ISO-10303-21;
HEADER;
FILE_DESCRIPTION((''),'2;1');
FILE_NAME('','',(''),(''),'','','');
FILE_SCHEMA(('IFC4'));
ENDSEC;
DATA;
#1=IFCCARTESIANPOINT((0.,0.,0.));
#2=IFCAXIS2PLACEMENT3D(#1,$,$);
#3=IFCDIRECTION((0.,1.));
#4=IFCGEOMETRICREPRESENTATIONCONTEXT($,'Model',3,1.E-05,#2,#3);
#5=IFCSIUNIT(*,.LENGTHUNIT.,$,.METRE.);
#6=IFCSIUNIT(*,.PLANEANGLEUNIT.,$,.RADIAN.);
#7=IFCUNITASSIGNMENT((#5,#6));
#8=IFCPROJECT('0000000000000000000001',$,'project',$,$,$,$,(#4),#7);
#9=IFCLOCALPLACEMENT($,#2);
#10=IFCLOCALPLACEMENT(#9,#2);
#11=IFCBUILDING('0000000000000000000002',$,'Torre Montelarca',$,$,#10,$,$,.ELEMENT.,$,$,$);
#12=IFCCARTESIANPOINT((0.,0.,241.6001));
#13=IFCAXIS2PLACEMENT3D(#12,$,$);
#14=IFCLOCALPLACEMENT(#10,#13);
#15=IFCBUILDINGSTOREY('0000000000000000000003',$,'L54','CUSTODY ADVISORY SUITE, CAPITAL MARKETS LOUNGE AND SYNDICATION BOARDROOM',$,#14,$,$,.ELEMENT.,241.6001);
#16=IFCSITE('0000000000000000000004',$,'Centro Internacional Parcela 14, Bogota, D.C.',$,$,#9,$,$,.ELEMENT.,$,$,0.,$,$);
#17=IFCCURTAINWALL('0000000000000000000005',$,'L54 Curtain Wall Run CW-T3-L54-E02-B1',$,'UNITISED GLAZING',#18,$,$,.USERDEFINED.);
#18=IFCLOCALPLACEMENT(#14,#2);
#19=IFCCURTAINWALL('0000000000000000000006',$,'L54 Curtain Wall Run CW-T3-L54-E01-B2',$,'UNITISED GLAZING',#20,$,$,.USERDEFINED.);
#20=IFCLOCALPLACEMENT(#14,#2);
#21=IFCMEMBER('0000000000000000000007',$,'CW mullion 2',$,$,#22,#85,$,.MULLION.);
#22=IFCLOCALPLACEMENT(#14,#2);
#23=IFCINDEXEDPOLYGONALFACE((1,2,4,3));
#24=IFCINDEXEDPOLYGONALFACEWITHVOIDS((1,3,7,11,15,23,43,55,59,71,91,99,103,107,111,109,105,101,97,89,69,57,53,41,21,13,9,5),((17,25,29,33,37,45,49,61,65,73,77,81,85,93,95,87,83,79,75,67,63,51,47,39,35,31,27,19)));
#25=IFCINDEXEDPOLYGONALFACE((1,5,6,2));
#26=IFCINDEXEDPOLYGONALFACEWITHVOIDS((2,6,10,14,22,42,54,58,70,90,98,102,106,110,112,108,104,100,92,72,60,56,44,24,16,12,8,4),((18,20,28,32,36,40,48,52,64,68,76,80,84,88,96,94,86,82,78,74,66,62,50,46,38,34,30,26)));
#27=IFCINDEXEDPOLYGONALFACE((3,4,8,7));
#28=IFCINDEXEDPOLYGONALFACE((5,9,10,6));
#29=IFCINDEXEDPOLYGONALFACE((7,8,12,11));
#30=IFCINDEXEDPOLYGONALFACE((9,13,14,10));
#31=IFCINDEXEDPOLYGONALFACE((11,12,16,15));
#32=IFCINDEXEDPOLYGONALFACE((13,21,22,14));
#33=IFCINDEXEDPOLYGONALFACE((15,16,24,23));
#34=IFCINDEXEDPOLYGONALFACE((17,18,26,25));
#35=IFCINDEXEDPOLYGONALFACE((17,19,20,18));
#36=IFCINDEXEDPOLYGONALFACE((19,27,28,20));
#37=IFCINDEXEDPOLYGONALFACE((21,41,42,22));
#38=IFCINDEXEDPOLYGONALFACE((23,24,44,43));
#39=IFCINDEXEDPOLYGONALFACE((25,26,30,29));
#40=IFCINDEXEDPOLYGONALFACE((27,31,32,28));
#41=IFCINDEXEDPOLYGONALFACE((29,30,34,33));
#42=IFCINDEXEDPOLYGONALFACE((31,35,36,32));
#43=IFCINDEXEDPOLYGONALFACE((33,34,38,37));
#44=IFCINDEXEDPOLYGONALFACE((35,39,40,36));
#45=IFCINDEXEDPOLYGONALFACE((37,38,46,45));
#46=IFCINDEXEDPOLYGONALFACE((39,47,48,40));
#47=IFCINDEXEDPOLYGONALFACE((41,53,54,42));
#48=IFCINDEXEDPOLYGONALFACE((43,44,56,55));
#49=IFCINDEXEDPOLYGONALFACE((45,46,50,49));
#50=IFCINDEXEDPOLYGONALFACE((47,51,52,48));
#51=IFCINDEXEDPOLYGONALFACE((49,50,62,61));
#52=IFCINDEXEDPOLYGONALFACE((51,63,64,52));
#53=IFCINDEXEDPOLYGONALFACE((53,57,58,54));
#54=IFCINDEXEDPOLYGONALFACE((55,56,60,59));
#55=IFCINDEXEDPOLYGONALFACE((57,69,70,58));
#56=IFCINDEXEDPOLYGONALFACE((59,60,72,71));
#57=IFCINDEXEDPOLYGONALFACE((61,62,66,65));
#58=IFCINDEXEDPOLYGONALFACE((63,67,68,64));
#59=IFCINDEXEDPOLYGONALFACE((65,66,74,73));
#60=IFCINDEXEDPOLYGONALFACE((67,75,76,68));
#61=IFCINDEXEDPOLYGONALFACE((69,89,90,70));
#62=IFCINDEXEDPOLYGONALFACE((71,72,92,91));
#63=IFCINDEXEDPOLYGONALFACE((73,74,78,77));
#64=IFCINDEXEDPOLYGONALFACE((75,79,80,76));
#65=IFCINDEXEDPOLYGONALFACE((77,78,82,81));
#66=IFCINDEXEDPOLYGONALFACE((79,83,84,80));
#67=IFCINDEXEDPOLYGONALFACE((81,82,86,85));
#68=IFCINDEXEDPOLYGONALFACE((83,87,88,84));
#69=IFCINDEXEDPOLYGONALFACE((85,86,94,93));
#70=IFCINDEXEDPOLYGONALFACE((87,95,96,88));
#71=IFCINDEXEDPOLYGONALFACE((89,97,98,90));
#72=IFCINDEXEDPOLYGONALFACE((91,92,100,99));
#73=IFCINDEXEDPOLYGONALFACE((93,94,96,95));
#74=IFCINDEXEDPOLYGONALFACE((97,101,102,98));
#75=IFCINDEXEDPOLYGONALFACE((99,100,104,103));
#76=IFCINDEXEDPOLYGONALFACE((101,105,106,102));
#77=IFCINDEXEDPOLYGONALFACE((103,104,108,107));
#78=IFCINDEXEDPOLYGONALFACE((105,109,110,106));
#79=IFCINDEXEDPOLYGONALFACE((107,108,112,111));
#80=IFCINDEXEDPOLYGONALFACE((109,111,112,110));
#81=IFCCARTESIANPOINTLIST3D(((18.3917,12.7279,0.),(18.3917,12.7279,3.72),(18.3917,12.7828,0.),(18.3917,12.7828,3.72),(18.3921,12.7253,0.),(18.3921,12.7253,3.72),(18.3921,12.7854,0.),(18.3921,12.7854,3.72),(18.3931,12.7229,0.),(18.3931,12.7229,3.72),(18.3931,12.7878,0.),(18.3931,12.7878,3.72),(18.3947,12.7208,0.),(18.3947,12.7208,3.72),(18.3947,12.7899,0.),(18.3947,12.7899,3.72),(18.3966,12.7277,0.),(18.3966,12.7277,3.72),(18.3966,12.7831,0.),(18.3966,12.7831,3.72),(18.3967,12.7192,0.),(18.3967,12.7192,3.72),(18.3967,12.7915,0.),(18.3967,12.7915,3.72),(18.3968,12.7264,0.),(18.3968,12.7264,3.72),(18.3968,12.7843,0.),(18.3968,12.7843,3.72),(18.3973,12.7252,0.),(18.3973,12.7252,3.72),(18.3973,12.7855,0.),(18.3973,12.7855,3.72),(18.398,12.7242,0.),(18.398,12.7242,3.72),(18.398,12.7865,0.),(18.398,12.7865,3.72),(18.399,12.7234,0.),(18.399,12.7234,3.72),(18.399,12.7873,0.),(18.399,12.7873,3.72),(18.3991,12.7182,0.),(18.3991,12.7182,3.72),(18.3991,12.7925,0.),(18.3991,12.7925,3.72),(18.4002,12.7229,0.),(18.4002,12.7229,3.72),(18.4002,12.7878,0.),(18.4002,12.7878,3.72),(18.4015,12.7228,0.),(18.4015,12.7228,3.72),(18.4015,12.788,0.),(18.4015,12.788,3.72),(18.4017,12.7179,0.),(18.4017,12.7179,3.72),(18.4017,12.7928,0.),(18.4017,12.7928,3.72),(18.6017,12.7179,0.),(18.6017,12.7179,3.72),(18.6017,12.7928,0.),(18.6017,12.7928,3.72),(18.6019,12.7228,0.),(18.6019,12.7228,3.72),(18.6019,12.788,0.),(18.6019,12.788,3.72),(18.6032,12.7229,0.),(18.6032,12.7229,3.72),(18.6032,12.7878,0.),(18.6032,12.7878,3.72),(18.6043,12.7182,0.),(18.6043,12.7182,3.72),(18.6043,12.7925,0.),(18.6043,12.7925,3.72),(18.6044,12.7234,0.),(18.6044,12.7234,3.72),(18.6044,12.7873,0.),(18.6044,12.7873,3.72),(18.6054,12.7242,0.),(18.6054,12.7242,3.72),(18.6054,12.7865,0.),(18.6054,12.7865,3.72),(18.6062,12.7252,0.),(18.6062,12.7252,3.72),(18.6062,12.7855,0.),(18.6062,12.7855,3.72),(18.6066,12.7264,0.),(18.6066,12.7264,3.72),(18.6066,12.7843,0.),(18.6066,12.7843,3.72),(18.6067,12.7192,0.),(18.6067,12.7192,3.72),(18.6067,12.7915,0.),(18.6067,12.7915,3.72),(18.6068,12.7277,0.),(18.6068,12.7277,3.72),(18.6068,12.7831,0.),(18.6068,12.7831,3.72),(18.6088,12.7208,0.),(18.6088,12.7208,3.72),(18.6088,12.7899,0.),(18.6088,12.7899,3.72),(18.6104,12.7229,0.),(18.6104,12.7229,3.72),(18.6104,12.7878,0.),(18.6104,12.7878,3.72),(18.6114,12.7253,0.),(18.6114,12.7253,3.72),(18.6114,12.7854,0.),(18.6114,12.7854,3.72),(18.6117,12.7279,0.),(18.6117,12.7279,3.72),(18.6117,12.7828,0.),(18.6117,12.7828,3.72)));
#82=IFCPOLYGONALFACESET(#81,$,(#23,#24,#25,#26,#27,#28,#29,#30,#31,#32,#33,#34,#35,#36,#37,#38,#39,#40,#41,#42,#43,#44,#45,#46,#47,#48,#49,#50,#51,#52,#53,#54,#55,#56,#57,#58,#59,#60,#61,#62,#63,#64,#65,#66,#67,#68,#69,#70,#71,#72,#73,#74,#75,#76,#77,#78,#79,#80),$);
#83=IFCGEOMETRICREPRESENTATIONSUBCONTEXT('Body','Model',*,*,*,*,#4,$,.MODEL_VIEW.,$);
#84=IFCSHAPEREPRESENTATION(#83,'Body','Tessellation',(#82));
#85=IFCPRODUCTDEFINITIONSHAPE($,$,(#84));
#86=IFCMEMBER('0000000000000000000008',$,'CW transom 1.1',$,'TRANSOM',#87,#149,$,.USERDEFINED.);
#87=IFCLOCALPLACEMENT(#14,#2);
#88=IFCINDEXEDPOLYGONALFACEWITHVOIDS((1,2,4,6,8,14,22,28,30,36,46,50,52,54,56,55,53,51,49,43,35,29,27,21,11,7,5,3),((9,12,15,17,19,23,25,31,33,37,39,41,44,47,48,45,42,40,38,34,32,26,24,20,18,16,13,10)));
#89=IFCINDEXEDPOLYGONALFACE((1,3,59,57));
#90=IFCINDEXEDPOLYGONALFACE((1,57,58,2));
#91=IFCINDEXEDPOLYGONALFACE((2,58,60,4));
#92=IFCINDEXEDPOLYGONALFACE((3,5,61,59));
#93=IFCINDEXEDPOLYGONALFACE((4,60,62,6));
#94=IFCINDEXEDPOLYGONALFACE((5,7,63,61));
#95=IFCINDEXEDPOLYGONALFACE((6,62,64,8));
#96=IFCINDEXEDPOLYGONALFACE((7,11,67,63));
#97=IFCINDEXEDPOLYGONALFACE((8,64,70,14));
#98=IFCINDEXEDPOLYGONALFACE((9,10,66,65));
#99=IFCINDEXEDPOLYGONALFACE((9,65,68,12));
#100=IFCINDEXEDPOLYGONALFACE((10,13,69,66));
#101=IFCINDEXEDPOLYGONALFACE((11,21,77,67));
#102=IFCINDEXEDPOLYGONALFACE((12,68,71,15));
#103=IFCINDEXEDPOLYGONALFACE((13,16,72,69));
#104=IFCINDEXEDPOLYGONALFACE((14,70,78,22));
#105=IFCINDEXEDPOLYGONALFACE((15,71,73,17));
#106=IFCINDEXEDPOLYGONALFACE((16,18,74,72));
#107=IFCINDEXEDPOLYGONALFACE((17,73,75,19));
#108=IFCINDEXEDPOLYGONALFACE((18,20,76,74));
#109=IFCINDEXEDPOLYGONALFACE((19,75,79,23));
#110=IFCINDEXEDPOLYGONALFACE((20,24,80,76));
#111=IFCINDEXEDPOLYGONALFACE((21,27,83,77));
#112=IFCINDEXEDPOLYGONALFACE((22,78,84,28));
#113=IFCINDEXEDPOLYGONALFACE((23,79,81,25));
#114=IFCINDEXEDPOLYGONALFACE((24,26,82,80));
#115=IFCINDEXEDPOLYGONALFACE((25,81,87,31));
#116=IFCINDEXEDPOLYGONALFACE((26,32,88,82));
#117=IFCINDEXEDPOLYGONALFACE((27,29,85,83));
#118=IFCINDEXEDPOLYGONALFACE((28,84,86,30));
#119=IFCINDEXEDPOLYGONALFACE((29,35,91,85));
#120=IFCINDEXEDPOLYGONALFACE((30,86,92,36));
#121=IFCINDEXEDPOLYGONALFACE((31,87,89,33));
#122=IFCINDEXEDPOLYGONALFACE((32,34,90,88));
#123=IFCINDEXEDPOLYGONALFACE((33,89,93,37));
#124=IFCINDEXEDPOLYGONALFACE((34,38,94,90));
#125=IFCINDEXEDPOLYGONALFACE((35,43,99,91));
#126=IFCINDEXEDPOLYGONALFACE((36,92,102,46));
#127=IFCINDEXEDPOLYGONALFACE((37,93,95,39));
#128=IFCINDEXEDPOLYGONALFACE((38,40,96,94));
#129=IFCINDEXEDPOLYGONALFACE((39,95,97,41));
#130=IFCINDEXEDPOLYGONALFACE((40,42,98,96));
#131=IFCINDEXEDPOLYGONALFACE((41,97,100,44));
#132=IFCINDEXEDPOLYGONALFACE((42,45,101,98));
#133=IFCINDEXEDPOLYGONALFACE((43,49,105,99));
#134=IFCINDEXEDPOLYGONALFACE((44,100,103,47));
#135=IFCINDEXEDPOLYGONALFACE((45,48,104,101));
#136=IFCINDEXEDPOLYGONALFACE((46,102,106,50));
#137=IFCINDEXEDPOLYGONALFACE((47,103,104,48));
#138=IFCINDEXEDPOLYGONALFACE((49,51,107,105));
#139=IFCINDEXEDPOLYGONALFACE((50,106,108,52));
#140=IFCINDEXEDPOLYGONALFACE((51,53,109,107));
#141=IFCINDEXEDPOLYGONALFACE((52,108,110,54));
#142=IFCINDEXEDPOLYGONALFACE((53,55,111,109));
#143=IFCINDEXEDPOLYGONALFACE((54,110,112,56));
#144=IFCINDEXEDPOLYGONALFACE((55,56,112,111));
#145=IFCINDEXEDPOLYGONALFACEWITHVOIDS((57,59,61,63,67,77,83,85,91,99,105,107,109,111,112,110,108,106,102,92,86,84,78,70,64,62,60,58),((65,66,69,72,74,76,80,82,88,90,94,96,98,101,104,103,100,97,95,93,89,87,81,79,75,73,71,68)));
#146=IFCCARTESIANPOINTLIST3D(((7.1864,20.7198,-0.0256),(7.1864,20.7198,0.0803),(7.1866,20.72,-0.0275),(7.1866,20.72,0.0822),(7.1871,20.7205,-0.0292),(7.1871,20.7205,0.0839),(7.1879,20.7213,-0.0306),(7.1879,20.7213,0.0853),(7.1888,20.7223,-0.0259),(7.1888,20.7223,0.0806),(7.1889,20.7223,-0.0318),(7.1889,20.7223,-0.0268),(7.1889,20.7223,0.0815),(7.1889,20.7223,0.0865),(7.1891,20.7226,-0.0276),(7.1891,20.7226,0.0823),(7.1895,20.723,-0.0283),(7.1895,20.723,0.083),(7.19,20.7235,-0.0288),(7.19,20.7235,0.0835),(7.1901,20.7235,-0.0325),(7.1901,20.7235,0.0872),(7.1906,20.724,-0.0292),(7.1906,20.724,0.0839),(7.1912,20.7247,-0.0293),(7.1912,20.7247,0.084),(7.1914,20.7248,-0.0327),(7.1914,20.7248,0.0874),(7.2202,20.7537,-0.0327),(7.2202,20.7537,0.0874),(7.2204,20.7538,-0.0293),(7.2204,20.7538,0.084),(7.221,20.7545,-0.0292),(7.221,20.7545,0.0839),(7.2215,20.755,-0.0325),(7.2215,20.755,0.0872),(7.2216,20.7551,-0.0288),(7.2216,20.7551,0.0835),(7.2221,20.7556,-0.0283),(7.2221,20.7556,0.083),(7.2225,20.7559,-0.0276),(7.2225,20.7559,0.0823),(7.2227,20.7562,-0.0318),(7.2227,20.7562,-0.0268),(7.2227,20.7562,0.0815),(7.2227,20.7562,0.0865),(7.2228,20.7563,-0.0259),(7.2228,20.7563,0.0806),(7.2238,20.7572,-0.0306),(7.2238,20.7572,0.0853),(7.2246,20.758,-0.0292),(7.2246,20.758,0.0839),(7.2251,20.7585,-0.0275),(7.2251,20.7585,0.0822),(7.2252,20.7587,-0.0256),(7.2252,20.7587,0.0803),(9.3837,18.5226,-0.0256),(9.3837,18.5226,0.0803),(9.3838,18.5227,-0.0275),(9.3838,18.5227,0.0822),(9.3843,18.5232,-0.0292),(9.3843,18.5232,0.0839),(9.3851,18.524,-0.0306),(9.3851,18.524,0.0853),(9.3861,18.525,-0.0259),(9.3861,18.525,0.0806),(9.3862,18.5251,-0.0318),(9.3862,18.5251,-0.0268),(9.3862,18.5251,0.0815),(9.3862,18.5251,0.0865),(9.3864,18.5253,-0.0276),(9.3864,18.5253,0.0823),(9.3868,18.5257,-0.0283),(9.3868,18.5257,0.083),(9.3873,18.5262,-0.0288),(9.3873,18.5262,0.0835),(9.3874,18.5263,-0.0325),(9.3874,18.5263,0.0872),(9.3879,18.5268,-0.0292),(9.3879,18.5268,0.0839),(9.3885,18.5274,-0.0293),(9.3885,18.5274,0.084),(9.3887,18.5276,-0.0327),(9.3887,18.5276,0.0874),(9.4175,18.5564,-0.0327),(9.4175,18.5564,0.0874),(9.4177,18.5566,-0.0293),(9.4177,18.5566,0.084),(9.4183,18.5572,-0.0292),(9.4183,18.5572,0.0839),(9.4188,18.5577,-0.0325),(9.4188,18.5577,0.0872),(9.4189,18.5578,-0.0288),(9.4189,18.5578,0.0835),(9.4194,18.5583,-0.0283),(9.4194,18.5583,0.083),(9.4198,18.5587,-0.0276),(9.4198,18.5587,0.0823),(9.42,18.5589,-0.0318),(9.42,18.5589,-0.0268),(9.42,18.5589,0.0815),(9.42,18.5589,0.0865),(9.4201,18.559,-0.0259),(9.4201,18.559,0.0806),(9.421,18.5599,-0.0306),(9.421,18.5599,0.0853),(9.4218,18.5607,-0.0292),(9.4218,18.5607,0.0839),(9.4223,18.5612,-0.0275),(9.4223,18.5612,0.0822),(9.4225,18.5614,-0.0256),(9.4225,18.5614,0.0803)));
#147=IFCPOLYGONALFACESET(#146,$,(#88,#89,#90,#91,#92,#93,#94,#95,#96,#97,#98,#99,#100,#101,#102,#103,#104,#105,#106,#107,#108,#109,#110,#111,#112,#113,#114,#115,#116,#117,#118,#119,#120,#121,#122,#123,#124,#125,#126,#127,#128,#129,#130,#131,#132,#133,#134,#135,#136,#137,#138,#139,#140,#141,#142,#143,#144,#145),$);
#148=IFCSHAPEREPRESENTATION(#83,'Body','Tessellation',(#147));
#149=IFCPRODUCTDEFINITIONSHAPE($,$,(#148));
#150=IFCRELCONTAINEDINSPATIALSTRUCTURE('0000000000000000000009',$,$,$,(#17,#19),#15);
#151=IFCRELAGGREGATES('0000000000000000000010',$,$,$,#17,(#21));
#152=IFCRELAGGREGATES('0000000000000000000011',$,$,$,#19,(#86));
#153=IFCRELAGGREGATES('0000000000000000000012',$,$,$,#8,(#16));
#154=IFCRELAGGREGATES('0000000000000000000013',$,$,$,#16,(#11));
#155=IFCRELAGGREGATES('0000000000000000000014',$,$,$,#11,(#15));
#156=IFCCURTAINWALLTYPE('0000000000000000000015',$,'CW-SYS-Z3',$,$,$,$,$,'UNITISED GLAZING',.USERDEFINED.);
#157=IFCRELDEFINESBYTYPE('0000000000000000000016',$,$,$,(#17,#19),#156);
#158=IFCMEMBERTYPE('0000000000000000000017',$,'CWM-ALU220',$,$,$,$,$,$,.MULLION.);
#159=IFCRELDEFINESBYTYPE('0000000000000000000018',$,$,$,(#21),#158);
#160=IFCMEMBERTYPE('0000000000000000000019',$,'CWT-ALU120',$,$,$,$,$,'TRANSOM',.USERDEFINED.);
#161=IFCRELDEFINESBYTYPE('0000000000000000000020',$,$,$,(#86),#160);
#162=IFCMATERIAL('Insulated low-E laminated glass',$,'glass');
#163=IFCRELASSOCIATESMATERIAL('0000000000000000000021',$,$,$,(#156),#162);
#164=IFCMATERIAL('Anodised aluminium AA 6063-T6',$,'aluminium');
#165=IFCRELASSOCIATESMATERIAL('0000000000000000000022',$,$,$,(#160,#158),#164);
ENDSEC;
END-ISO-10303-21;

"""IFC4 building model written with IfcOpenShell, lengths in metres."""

from ifc_helpers import new_model, si_unit, direction, frame, origin, origin_2d, place, context, subcontext, project, spatial, hollow_rectangle, extrude, source, transform, mapped, material, material_profile, profile_set, type_object, element, aggregate, save


model = new_model("IFC4")

# Units and contexts
model_context = context("Model", 3, precision=1e-05, world=origin(), true_north=direction((0.0, 1.0)))
body_context = subcontext(model_context, "Body", "Model", "MODEL_VIEW")
ifc_project = project(units=[si_unit("LENGTHUNIT", "METRE"), si_unit("PLANEANGLEUNIT", "RADIAN")], contexts=[model_context])

# Site, building, storey
site_placement = place(None, origin())
site = spatial("IfcSite", under=ifc_project, at=site_placement, Name="Centro Internacional Parcela 14, Bogota, D.C.", CompositionType="ELEMENT", RefElevation=0.0)
building_placement = place(site_placement, origin())
building = spatial("IfcBuilding", under=site, at=building_placement, Name="Torre Montelarca", CompositionType="ELEMENT")
storey_placement = place(building_placement, frame((0.0, 0.0, 241.6001)))
storey = spatial("IfcBuildingStorey", under=building, at=storey_placement, Name="L54", Description="CUSTODY ADVISORY SUITE, CAPITAL MARKETS LOUNGE AND SYNDICATION BOARDROOM", CompositionType="ELEMENT", Elevation=241.6001)

# Curtain walls
ifc_material_1 = material(Name="Insulated low-E laminated glass", Category="glass")
curtain_wall_type = type_object("IfcCurtainWallType", Name="CW-SYS-Z3", ElementType="UNITISED GLAZING", PredefinedType="USERDEFINED", material=ifc_material_1)
curtain_wall_1_placement = place(storey_placement, origin())
curtain_wall_1 = element("IfcCurtainWall", 1, at=curtain_wall_1_placement, inside=storey, type_object=curtain_wall_type, Name="L54 Curtain Wall Run CW-T3-L54-E02-B1", ObjectType="UNITISED GLAZING", PredefinedType="USERDEFINED")
ifc_material_2 = material(Name="Anodised aluminium AA 6063-T6", Category="aluminium")
ifc_material_profile_1 = material_profile(ifc_material_2, hollow_rectangle(XDim=0.0549, YDim=0.1201, WallThickness=0.0034, InnerFilletRadius=0.0034, OuterFilletRadius=0.0071, at=origin_2d()), Name="ALU55X120X3.5", Category="aluminium")
ifc_profile_set_1 = profile_set([ifc_material_profile_1], Name="Anodised aluminium AA 6063-T6")
member_type_1 = type_object("IfcMemberType", Name="CWT-ALU120", ElementType="TRANSOM", PredefinedType="USERDEFINED", material=ifc_profile_set_1)
curtain_wall_2_placement = place(storey_placement, origin())
curtain_wall_2 = element("IfcCurtainWall", 2, at=curtain_wall_2_placement, inside=storey, type_object=curtain_wall_type, Name="L54 Curtain Wall Run CW-T3-L54-E01-B2", ObjectType="UNITISED GLAZING", PredefinedType="USERDEFINED")
ifc_material_profile_2 = material_profile(ifc_material_2, hollow_rectangle(XDim=0.075, YDim=0.22, WallThickness=0.0049, InnerFilletRadius=0.0049, OuterFilletRadius=0.01, at=origin_2d()), Name="ALU75X220X5", Category="aluminium")
ifc_profile_set_2 = profile_set([ifc_material_profile_2], Name="Anodised aluminium AA 6063-T6")
member_type_2 = type_object("IfcMemberType", Name="CWM-ALU220", PredefinedType="MULLION", material=ifc_profile_set_2)
shared_shape_1 = source(origin(), body_context, "Body", "SweptSolid", [
    extrude(hollow_rectangle(XDim=0.075, YDim=0.22, WallThickness=0.0049, InnerFilletRadius=0.0049, OuterFilletRadius=0.01, at=origin_2d()), origin(), (0.0, 0.0, 1.0), 3.72),
])

# Members
member_1_placement = place(storey_placement, frame((18.5017, 12.7554, 0.0), z_axis=(0.0, 0.0, 1.0), x_axis=(0.0, 1.0, 0.0)))
member_1 = element("IfcMember", 3, at=member_1_placement, type_object=member_type_2, Name="CW mullion 2", PredefinedType="MULLION", context=body_context, shape_type="MappedRepresentation", body=[
    mapped(shared_shape_1, transform((0.0, 0.0, 0.0), scale=1.0)),
])
shared_shape_2 = source(origin(), body_context, "Body", "SweptSolid", [
    extrude(hollow_rectangle(XDim=0.0549, YDim=0.1201, WallThickness=0.0034, InnerFilletRadius=0.0034, OuterFilletRadius=0.0071, at=origin_2d()), origin(), (0.0, 0.0, 1.0), 3.1074),
])
member_2_placement = place(storey_placement, frame((7.2058, 20.7393, 0.0273), z_axis=(0.707107, -0.707107, 0.0), x_axis=(0.707107, 0.707107, 0.0)))
member_2 = element("IfcMember", 4, at=member_2_placement, type_object=member_type_1, Name="CW transom 1.1", ObjectType="TRANSOM", PredefinedType="USERDEFINED", context=body_context, shape_type="MappedRepresentation", body=[
    mapped(shared_shape_2, transform((0.0, 0.0, 0.0), scale=1.0)),
])

aggregate(curtain_wall_1, [member_1])
aggregate(curtain_wall_2, [member_2])

save(model, "model.ifc")
